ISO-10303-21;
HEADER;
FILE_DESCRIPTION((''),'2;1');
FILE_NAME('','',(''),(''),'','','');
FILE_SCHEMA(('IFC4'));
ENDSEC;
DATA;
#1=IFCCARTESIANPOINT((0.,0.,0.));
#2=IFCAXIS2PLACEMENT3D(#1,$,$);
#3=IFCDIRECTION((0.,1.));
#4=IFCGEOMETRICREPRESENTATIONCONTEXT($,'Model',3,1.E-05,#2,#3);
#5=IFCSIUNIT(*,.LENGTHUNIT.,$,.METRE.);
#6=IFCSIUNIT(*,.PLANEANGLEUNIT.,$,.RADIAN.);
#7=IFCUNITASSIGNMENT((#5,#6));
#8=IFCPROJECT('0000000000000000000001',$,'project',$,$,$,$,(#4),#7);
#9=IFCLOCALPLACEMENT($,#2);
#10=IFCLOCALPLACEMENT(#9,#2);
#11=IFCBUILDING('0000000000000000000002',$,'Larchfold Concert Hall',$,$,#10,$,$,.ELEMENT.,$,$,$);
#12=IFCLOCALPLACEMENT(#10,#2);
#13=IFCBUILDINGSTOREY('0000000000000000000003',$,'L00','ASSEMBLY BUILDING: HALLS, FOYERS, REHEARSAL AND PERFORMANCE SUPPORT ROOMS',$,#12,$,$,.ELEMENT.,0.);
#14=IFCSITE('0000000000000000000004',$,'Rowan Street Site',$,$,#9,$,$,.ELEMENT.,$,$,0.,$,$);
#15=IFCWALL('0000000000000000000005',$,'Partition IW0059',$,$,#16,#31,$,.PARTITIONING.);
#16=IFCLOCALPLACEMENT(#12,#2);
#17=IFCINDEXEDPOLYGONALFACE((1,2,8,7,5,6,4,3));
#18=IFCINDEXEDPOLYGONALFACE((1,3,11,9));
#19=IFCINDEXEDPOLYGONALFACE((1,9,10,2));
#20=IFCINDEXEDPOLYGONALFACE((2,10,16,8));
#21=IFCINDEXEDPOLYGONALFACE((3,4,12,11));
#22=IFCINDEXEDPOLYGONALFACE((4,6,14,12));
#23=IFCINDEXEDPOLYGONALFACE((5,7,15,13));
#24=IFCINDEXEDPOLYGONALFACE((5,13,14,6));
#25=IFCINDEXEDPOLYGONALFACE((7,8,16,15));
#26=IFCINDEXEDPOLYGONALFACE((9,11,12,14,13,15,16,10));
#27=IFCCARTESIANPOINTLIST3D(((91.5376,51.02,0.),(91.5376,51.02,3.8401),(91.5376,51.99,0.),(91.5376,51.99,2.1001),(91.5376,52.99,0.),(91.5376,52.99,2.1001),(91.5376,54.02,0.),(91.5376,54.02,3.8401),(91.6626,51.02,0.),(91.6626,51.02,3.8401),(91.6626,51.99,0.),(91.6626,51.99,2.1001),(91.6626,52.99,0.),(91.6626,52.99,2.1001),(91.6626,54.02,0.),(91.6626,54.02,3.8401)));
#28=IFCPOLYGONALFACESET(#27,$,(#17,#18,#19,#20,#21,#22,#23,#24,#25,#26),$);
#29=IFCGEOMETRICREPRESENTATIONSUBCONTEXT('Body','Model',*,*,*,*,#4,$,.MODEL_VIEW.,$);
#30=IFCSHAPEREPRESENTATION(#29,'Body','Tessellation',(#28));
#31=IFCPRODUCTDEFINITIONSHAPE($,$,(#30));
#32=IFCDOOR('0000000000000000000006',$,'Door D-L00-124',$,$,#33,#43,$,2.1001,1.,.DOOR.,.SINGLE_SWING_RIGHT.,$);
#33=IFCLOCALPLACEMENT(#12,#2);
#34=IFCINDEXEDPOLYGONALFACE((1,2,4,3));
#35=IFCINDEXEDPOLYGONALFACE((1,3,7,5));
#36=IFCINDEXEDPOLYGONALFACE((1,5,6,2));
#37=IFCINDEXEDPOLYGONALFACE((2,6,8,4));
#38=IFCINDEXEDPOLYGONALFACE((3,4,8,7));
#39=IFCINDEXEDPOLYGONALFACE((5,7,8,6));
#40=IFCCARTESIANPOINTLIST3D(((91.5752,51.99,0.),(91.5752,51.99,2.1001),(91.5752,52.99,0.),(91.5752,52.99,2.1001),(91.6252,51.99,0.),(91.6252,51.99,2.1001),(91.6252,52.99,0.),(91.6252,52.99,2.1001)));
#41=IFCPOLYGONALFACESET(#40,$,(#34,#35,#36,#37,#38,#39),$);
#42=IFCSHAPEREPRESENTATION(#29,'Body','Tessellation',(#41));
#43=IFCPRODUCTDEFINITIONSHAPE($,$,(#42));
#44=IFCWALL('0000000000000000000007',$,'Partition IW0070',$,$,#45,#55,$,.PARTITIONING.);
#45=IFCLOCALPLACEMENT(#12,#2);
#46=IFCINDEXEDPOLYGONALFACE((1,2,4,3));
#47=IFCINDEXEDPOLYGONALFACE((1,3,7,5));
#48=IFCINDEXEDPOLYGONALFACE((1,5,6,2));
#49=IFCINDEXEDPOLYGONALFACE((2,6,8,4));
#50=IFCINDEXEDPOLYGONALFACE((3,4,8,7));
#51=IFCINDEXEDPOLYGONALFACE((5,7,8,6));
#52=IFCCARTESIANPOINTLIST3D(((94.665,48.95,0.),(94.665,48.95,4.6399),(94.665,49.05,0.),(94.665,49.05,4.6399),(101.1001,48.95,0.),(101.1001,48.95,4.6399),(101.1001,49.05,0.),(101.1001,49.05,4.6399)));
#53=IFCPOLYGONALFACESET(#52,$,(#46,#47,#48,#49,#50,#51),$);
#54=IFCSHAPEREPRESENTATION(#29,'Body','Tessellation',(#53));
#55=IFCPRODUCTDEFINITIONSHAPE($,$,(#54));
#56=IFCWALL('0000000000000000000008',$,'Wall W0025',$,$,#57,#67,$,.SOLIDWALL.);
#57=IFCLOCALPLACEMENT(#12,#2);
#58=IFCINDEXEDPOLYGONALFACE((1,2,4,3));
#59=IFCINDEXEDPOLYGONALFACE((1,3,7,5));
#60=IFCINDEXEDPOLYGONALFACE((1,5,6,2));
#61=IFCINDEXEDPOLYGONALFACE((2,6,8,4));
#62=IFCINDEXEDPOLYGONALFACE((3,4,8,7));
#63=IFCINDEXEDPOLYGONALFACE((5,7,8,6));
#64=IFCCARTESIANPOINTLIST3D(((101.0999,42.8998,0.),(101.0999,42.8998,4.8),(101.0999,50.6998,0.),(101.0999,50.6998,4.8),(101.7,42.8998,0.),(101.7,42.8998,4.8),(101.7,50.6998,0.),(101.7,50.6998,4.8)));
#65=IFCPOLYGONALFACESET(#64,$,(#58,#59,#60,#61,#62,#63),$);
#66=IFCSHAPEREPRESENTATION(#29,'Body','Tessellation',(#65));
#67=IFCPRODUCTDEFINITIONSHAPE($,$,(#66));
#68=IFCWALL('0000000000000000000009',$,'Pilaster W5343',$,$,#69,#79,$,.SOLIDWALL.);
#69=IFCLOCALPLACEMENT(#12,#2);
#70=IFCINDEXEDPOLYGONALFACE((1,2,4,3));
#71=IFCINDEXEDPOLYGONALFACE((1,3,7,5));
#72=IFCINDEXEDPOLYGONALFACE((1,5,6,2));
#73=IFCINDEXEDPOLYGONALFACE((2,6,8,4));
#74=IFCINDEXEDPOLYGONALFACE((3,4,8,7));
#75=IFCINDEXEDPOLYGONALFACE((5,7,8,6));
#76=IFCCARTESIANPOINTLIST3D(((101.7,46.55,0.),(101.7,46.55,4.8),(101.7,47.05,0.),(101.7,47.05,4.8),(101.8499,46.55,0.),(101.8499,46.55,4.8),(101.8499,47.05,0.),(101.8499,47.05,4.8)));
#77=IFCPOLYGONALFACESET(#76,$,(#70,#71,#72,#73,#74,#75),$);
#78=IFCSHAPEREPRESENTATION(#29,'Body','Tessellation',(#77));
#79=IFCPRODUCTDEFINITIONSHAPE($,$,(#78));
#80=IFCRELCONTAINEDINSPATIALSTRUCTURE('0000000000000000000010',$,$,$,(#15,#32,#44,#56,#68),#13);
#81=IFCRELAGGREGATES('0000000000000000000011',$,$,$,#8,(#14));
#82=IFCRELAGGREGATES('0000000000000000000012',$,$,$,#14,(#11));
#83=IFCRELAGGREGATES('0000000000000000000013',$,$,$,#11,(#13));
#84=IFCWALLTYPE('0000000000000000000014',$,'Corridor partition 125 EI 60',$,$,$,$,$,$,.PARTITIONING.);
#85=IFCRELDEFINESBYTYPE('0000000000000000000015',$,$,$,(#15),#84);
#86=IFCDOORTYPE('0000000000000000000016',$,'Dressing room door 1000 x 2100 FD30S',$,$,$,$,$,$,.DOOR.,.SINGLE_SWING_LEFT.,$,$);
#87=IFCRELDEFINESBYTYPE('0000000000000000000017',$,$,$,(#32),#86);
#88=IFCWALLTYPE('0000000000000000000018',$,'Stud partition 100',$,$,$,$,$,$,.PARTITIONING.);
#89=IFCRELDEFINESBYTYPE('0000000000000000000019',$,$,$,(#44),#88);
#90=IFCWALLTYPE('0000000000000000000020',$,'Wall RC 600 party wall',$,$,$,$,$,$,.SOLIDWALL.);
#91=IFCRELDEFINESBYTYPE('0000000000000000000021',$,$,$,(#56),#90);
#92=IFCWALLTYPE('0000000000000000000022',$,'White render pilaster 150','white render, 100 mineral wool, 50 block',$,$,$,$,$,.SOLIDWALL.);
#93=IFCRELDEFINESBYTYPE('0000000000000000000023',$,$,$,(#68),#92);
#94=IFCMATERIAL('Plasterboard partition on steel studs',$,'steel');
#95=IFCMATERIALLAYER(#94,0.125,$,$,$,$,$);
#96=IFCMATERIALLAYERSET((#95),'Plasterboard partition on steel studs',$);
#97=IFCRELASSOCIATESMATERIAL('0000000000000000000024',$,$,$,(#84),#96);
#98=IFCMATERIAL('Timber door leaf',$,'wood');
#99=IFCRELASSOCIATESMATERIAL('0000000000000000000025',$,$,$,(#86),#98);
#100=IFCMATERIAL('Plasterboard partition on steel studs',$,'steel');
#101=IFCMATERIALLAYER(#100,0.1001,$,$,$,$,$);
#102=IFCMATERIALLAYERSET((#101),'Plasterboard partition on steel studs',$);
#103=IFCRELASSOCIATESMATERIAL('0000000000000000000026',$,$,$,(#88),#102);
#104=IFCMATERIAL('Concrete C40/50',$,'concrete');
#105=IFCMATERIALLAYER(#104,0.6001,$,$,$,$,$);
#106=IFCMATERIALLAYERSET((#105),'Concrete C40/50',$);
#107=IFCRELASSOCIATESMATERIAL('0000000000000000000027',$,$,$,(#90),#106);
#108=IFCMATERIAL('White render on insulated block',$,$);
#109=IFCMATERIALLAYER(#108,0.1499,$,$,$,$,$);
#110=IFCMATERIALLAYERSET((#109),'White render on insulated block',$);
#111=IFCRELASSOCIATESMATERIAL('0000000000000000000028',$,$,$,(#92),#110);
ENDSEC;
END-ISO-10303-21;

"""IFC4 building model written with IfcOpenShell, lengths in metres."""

from ifc_helpers import new_model, si_unit, direction, frame, frame_2d, origin, place, context, subcontext, project, spatial, rectangle, extrude, material, layer, layer_set, type_object, element, fill, save


model = new_model("IFC4")

# Units and contexts
model_context = context("Model", 3, precision=1e-05, world=origin(), true_north=direction((0.0, 1.0)))
body_context = subcontext(model_context, "Body", "Model", "MODEL_VIEW")
ifc_project = project(units=[si_unit("LENGTHUNIT", "METRE"), si_unit("PLANEANGLEUNIT", "RADIAN")], contexts=[model_context])

# Site, building, storey
site_placement = place(None, origin())
site = spatial("IfcSite", under=ifc_project, at=site_placement, Name="Rowan Street Site", CompositionType="ELEMENT", RefElevation=0.0)
building_placement = place(site_placement, origin())
building = spatial("IfcBuilding", under=site, at=building_placement, Name="Larchfold Concert Hall", CompositionType="ELEMENT")
storey_placement = place(building_placement, origin())
storey = spatial("IfcBuildingStorey", under=building, at=storey_placement, Name="L00", Description="ASSEMBLY BUILDING: HALLS, FOYERS, REHEARSAL AND PERFORMANCE SUPPORT ROOMS", CompositionType="ELEMENT", Elevation=0.0)

# Wall, opening, door
ifc_material_1 = material(Name="Plasterboard partition on steel studs", Category="steel")
ifc_layer_1 = layer(ifc_material_1, 0.125)
ifc_layer_set_1 = layer_set([ifc_layer_1], Name="Plasterboard partition on steel studs")
wall_type_1 = type_object("IfcWallType", Name="Corridor partition 125 EI 60", PredefinedType="PARTITIONING", material=ifc_layer_set_1)
ifc_material_2 = material(Name="Timber door leaf", Category="wood")
door_type_1 = type_object("IfcDoorType", Name="Dressing room door 1000 x 2100 FD30S", OperationType="SINGLE_SWING_LEFT", PredefinedType="DOOR", material=ifc_material_2)
wall_1_placement = place(storey_placement, frame((91.6001, 51.02, 0.0), z_axis=(0.0, 0.0, 1.0), x_axis=(0.0, 1.0, 0.0)))
wall_1 = element("IfcWall", 1, at=wall_1_placement, inside=storey, type_object=wall_type_1, Name="Partition IW0059", PredefinedType="PARTITIONING", context=body_context, shape_type="SweptSolid", body=[
    extrude(rectangle(XDim=3.0, YDim=0.125, at=frame_2d((1.5, 0.0))), origin(), (0.0, 0.0, 1.0), 3.8401),
])
opening_1_placement = place(wall_1_placement, frame((0.97, 0.0, 0.0)))
opening_1 = element("IfcOpeningElement", 2, at=opening_1_placement, cuts=wall_1, PredefinedType="OPENING", context=body_context, shape_type="SweptSolid", body=[
    extrude(rectangle(XDim=1.0, YDim=2.1001, at=frame_2d((0.5, 1.05))), frame((0.0, 0.0725, 0.0), z_axis=(0.0, -1.0, 0.0), x_axis=(1.0, 0.0, 0.0)), (0.0, 0.0, 1.0), 0.145),
])
door_1_placement = place(opening_1_placement, origin())
door_1 = element("IfcDoor", 3, at=door_1_placement, inside=storey, type_object=door_type_1, Name="Door D-L00-124", OperationType="SINGLE_SWING_RIGHT", OverallHeight=2.1001, OverallWidth=1.0, PredefinedType="DOOR", context=body_context, shape_type="SweptSolid", body=[
    extrude(rectangle(XDim=1.0, YDim=2.1001, at=frame_2d((0.5, 1.05))), frame((0.0, 0.0249, 0.0), z_axis=(0.0, -1.0, 0.0), x_axis=(1.0, 0.0, 0.0)), (0.0, 0.0, 1.0), 0.05),
])
fill(opening_1, door_1)

# Walls
ifc_material_3 = material(Name="Plasterboard partition on steel studs", Category="steel")
ifc_layer_2 = layer(ifc_material_3, 0.1001)
ifc_layer_set_2 = layer_set([ifc_layer_2], Name="Plasterboard partition on steel studs")
wall_type_2 = type_object("IfcWallType", Name="Stud partition 100", PredefinedType="PARTITIONING", material=ifc_layer_set_2)
wall_2_placement = place(storey_placement, frame((94.665, 49.0, 0.0), z_axis=(0.0, 0.0, 1.0), x_axis=(1.0, 0.0, 0.0)))
element("IfcWall", 4, at=wall_2_placement, inside=storey, type_object=wall_type_2, Name="Partition IW0070", PredefinedType="PARTITIONING", context=body_context, shape_type="SweptSolid", body=[
    extrude(rectangle(XDim=6.4351, YDim=0.1001, at=frame_2d((3.2175, 0.0))), origin(), (0.0, 0.0, 1.0), 4.6399),
])
ifc_material_4 = material(Name="Concrete C40/50", Category="concrete")
ifc_layer_3 = layer(ifc_material_4, 0.6001)
ifc_layer_set_3 = layer_set([ifc_layer_3], Name="Concrete C40/50")
wall_type_3 = type_object("IfcWallType", Name="Wall RC 600 party wall", PredefinedType="SOLIDWALL", material=ifc_layer_set_3)
wall_3_placement = place(storey_placement, frame((101.3999, 42.8999, 0.0), z_axis=(0.0, 0.0, 1.0), x_axis=(0.0, 1.0, 0.0)))
element("IfcWall", 5, at=wall_3_placement, inside=storey, type_object=wall_type_3, Name="Wall W0025", PredefinedType="SOLIDWALL", context=body_context, shape_type="SweptSolid", body=[
    extrude(rectangle(XDim=7.8, YDim=0.6001, at=frame_2d((3.8999, 0.0))), origin(), (0.0, 0.0, 1.0), 4.8),
])
ifc_material_5 = material(Name="White render on insulated block")
ifc_layer_4 = layer(ifc_material_5, 0.1499)
ifc_layer_set_4 = layer_set([ifc_layer_4], Name="White render on insulated block")
wall_type_4 = type_object("IfcWallType", Name="White render pilaster 150", Description="white render, 100 mineral wool, 50 block", PredefinedType="SOLIDWALL", material=ifc_layer_set_4)
wall_4_placement = place(storey_placement, frame((101.7749, 46.55, 0.0), z_axis=(0.0, 0.0, 1.0), x_axis=(0.0, 1.0, 0.0)))
element("IfcWall", 6, at=wall_4_placement, inside=storey, type_object=wall_type_4, Name="Pilaster W5343", PredefinedType="SOLIDWALL", context=body_context, shape_type="SweptSolid", body=[
    extrude(rectangle(XDim=0.5, YDim=0.1499, at=frame_2d((0.25, 0.0))), origin(), (0.0, 0.0, 1.0), 4.8),
])

save(model, "model.ifc")
